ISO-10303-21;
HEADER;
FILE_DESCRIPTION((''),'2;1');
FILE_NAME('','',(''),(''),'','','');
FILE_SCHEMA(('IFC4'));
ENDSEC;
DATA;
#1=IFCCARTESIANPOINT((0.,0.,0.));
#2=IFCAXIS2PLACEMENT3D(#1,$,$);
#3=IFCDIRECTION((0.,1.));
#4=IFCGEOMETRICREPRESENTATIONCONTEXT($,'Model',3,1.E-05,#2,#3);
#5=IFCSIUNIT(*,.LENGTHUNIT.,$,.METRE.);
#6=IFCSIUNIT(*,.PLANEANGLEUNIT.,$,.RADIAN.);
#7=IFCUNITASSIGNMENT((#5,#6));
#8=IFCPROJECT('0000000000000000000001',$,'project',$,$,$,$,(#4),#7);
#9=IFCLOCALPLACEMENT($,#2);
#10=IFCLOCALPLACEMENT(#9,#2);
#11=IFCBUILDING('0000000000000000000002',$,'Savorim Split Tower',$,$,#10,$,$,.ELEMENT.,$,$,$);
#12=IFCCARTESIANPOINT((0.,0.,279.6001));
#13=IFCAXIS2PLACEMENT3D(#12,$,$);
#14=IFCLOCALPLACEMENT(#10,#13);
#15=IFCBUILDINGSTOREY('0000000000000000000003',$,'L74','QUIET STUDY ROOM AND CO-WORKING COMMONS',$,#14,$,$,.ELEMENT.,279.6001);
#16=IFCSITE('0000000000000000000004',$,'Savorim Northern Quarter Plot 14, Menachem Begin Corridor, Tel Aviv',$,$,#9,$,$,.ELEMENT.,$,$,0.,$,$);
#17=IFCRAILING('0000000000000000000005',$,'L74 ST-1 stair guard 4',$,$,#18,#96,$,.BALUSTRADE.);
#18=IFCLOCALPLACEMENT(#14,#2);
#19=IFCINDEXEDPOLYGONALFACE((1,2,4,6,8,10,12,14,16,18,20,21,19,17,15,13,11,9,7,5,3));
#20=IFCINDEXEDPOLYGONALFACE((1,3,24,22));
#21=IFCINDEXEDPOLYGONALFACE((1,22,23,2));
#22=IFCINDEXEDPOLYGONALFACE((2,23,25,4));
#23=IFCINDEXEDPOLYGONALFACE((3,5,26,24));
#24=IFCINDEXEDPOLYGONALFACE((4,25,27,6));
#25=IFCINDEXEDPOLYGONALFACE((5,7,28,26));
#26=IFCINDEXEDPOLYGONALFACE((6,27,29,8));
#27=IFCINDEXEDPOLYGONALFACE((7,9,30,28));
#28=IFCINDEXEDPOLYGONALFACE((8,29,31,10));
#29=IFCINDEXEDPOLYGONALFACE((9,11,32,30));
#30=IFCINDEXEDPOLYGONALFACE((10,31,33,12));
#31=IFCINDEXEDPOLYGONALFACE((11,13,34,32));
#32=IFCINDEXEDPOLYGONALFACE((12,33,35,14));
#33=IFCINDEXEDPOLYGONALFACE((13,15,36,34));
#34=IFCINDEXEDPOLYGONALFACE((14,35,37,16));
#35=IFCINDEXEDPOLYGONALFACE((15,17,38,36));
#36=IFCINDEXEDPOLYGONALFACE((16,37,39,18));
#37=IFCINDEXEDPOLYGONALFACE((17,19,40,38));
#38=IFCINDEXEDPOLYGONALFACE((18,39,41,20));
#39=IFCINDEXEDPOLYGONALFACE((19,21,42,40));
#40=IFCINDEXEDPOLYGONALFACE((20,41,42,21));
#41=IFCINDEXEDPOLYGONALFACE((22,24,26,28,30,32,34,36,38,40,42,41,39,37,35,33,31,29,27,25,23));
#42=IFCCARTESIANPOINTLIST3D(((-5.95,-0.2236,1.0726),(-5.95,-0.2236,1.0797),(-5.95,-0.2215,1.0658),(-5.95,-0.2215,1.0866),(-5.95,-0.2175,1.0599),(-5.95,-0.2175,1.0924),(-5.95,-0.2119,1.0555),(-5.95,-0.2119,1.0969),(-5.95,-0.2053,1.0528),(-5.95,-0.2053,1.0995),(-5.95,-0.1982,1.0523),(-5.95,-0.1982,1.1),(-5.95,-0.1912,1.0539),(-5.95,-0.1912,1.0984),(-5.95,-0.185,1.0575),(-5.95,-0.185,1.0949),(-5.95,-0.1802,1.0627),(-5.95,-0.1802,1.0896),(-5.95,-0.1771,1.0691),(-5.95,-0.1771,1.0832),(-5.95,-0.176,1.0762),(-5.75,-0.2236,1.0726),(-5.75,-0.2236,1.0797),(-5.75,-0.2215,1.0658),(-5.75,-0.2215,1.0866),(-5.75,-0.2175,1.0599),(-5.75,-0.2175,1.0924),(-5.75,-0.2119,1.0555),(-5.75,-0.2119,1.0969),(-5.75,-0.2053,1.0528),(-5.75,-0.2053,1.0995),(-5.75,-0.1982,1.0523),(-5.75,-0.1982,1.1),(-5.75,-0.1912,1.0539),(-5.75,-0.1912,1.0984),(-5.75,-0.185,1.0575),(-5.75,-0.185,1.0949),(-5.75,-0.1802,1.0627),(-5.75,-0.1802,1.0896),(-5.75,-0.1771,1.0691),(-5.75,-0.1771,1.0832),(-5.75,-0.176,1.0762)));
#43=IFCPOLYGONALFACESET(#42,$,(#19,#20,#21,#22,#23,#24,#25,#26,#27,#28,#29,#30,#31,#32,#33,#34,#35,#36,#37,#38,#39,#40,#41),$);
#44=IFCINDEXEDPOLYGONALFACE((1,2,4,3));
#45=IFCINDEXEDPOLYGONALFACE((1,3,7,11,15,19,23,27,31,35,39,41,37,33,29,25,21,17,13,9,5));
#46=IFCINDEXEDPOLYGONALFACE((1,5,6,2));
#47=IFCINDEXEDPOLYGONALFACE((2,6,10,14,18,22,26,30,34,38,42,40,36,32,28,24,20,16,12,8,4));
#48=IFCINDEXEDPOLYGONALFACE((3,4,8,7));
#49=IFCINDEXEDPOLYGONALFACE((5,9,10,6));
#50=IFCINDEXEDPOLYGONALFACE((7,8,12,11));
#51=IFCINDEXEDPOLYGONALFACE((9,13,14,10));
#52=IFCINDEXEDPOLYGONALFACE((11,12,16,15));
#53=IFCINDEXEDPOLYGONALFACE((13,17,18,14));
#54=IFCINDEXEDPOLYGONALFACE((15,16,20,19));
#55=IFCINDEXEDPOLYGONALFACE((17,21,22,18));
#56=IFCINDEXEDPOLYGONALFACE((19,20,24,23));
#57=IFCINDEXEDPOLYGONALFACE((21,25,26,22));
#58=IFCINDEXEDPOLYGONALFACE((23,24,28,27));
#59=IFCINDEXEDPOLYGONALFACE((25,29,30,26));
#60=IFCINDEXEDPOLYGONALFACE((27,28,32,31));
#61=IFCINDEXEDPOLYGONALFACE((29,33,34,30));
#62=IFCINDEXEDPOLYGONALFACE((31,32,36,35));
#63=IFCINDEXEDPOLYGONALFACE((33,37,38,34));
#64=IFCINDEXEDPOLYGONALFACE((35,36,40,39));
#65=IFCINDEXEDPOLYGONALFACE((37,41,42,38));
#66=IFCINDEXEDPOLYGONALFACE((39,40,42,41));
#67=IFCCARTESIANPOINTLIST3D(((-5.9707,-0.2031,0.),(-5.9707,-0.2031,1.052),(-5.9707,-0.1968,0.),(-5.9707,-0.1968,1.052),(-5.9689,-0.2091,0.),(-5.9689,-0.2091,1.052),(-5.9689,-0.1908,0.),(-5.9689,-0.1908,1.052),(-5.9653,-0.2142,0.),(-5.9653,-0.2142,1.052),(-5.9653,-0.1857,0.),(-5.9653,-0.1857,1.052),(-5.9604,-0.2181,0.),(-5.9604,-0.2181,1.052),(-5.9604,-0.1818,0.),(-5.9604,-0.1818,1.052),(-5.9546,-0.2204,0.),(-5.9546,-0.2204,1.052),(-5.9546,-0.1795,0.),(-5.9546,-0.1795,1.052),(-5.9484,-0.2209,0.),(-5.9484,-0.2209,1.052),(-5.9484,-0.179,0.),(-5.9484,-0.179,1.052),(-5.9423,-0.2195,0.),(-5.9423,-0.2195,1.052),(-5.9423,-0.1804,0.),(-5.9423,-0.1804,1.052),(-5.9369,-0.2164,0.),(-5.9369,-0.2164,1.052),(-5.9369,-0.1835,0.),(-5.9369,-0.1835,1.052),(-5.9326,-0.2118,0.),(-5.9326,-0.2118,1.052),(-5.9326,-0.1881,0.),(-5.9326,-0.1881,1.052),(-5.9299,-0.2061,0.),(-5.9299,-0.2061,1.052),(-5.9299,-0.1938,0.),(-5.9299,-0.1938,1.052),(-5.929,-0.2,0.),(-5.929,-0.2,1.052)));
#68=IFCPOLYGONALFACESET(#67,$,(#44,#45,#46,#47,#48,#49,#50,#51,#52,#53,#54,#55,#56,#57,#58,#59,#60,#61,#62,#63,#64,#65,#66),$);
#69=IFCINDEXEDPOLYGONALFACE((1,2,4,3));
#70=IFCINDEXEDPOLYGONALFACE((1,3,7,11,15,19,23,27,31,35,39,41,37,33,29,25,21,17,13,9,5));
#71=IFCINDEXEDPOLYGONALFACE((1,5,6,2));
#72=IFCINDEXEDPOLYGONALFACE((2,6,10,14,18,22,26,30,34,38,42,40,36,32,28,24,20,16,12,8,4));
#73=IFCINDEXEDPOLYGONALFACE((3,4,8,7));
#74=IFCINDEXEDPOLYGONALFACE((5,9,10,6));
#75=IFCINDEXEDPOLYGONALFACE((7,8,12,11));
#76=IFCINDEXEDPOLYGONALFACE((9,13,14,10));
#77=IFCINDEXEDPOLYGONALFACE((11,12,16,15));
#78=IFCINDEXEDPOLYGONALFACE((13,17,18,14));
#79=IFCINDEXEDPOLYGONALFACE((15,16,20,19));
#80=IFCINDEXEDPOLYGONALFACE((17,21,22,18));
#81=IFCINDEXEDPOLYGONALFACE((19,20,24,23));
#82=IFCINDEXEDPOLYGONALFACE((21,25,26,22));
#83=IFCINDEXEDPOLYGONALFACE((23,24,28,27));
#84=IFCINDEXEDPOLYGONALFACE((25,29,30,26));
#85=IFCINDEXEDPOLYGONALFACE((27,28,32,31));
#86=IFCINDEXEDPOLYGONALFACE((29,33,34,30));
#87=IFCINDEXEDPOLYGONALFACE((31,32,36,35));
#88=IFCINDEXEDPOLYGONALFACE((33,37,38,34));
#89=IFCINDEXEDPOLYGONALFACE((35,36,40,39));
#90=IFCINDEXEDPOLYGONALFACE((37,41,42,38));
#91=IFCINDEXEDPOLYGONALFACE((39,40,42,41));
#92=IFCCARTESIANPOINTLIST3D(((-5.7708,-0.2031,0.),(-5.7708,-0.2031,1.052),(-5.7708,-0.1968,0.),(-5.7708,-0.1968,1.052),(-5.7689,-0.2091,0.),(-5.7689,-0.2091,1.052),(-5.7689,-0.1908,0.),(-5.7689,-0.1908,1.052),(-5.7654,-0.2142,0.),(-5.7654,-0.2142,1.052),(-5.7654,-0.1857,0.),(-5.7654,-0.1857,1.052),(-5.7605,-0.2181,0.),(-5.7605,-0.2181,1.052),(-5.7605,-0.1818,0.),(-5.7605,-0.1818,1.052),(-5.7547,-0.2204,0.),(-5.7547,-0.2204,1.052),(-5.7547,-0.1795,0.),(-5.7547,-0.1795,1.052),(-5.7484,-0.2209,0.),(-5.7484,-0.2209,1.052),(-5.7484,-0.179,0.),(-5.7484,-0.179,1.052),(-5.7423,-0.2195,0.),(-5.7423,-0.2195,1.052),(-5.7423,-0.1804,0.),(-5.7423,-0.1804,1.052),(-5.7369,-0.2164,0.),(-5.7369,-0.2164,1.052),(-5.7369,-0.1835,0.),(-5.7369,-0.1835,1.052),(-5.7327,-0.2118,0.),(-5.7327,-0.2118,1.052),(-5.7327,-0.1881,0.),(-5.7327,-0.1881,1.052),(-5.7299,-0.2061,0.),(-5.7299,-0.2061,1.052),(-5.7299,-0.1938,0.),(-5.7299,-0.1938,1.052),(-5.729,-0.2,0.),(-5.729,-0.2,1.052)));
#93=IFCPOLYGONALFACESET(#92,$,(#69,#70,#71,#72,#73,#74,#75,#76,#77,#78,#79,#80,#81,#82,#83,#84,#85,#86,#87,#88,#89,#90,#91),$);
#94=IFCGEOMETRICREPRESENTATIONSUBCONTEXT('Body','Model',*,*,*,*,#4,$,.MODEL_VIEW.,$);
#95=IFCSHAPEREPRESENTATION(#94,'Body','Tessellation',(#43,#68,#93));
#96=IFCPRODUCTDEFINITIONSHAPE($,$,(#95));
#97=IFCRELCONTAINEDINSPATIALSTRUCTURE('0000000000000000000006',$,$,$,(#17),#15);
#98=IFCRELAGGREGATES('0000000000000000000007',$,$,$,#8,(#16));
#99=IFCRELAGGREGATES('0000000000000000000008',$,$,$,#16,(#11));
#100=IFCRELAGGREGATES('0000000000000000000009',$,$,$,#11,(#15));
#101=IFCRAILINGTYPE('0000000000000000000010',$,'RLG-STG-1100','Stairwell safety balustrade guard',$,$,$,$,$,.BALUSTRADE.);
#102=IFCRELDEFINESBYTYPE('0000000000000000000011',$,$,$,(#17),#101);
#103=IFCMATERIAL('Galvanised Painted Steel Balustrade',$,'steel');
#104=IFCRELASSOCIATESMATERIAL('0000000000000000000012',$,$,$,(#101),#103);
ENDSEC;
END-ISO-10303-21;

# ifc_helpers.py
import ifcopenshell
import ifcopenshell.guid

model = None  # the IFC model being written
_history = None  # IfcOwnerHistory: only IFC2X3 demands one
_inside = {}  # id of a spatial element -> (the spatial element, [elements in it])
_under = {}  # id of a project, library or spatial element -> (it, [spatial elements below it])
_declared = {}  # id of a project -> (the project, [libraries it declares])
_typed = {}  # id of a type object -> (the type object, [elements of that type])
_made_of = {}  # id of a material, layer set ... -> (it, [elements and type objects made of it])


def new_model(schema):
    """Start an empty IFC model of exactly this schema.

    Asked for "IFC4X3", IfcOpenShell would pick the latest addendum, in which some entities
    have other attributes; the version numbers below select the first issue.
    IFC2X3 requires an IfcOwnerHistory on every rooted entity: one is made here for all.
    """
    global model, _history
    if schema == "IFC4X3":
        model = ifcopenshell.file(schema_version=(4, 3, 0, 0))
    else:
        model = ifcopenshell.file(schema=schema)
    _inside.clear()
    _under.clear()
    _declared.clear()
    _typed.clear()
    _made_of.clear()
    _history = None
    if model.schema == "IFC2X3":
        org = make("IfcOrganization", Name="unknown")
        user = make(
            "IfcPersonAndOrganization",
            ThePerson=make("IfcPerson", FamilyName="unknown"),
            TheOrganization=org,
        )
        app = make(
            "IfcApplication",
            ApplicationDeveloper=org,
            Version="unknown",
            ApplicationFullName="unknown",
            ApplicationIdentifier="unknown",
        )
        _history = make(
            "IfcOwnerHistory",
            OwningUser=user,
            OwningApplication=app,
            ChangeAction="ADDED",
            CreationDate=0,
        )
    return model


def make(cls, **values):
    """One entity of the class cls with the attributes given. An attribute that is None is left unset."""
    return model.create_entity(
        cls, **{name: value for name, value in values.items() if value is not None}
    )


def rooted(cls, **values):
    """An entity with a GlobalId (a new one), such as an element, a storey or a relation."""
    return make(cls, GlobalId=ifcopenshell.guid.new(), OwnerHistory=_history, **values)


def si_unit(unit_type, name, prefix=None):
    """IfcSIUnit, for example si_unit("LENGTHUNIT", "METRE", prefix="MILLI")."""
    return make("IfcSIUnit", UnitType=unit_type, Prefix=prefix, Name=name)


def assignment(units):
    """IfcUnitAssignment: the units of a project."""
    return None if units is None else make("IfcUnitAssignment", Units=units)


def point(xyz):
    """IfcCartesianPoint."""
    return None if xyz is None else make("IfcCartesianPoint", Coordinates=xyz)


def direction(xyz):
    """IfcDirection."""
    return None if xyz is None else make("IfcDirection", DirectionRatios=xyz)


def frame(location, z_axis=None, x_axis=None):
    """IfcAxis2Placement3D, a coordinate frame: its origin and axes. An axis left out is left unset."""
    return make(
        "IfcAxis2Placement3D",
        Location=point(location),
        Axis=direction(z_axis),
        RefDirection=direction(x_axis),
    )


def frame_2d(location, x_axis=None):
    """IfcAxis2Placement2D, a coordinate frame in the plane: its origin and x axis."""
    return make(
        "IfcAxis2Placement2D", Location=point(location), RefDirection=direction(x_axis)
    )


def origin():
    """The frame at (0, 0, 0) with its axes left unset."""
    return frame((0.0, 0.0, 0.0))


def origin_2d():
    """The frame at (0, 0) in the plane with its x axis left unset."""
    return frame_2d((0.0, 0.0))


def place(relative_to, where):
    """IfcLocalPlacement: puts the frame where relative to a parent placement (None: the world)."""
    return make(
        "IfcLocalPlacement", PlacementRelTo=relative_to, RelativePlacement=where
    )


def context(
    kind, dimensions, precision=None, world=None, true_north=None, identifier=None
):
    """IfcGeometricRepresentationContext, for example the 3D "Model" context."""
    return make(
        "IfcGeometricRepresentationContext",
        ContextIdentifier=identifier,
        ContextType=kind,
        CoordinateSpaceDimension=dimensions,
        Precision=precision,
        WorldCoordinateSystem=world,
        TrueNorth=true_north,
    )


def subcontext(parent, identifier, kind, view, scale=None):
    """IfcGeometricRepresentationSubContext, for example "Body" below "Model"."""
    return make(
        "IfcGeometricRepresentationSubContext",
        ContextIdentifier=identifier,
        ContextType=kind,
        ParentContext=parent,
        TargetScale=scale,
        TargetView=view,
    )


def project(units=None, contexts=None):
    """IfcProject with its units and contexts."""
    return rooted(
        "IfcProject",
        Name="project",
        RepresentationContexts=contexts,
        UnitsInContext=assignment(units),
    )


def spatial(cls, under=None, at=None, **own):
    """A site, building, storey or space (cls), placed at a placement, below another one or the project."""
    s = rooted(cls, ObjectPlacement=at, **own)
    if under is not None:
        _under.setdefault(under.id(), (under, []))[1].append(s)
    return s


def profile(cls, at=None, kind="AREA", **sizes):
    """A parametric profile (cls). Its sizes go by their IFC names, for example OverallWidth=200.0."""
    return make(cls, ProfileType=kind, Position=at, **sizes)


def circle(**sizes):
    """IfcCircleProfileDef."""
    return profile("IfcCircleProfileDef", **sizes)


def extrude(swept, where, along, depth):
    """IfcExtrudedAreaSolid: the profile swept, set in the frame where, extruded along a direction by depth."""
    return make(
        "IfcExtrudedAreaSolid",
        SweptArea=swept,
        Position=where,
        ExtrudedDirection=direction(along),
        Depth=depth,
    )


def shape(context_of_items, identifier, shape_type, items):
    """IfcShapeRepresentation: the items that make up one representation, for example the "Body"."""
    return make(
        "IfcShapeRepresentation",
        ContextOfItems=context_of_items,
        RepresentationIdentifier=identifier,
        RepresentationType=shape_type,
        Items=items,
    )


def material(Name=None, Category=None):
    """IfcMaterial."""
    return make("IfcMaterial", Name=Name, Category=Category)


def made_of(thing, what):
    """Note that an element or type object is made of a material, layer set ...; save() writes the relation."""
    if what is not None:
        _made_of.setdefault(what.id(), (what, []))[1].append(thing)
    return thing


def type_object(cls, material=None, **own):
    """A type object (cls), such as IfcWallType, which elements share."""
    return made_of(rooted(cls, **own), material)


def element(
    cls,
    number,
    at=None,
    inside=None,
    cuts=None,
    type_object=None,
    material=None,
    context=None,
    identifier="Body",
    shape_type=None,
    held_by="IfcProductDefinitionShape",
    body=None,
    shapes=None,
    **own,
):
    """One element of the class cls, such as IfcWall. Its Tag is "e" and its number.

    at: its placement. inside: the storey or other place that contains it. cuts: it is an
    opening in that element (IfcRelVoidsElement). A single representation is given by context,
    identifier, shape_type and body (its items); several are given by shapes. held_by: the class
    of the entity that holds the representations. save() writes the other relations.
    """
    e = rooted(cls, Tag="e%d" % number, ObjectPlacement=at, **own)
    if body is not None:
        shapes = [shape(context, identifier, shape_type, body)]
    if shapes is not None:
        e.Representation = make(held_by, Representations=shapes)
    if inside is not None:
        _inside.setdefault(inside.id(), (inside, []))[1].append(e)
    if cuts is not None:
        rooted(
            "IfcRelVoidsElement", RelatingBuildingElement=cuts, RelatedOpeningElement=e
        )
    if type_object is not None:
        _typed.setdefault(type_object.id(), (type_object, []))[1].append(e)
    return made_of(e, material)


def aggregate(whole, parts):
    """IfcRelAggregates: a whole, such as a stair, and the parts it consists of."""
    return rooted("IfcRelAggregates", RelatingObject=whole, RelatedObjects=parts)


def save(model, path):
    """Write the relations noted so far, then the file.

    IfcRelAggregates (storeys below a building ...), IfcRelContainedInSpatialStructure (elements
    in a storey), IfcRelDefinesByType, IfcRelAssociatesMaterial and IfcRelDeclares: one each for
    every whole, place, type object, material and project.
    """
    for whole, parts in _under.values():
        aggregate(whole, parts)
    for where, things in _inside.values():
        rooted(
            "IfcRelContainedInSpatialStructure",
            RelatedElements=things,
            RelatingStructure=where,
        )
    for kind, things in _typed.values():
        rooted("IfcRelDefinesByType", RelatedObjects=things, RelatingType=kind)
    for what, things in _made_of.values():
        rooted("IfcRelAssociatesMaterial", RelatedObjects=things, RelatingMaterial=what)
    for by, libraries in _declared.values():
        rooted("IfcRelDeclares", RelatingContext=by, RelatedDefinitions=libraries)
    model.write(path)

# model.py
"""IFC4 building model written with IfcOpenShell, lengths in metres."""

from ifc_helpers import new_model, si_unit, direction, frame, origin, origin_2d, place, context, subcontext, project, spatial, circle, extrude, material, type_object, element, save


model = new_model("IFC4")

# Units and contexts
model_context = context("Model", 3, precision=1e-05, world=origin(), true_north=direction((0.0, 1.0)))
body_context = subcontext(model_context, "Body", "Model", "MODEL_VIEW")
ifc_project = project(units=[si_unit("LENGTHUNIT", "METRE"), si_unit("PLANEANGLEUNIT", "RADIAN")], contexts=[model_context])

# Site, building, storey
site_placement = place(None, origin())
site = spatial("IfcSite", under=ifc_project, at=site_placement, Name="Savorim Northern Quarter Plot 14, Menachem Begin Corridor, Tel Aviv", CompositionType="ELEMENT", RefElevation=0.0)
building_placement = place(site_placement, origin())
building = spatial("IfcBuilding", under=site, at=building_placement, Name="Savorim Split Tower", CompositionType="ELEMENT")
storey_placement = place(building_placement, frame((0.0, 0.0, 279.6001)))
storey = spatial("IfcBuildingStorey", under=building, at=storey_placement, Name="L74", Description="QUIET STUDY ROOM AND CO-WORKING COMMONS", CompositionType="ELEMENT", Elevation=279.6001)

# Railing
ifc_material_1 = material(Name="Galvanised Painted Steel Balustrade", Category="steel")
railing_type_1 = type_object("IfcRailingType", Name="RLG-STG-1100", Description="Stairwell safety balustrade guard", PredefinedType="BALUSTRADE", material=ifc_material_1)
railing_1_placement = place(storey_placement, frame((-5.95, -0.2, 0.0)))
element("IfcRailing", 1, at=railing_1_placement, inside=storey, type_object=railing_type_1, Name="L74 ST-1 stair guard 4", PredefinedType="BALUSTRADE", context=body_context, shape_type="SweptSolid", body=[
    extrude(circle(Radius=0.0239, at=origin_2d()), frame((0.0, 0.0, 1.0762), z_axis=(1.0, 0.0, 0.0), x_axis=(0.0, 1.0, 0.0)), (0.0, 0.0, 1.0), 0.2),
    extrude(circle(Radius=0.021, at=origin_2d()), origin(), (0.0, 0.0, 1.0), 1.052),
    extrude(circle(Radius=0.021, at=origin_2d()), frame((0.2, 0.0, 0.0)), (0.0, 0.0, 1.0), 1.052),
])

save(model, "model.ifc")
